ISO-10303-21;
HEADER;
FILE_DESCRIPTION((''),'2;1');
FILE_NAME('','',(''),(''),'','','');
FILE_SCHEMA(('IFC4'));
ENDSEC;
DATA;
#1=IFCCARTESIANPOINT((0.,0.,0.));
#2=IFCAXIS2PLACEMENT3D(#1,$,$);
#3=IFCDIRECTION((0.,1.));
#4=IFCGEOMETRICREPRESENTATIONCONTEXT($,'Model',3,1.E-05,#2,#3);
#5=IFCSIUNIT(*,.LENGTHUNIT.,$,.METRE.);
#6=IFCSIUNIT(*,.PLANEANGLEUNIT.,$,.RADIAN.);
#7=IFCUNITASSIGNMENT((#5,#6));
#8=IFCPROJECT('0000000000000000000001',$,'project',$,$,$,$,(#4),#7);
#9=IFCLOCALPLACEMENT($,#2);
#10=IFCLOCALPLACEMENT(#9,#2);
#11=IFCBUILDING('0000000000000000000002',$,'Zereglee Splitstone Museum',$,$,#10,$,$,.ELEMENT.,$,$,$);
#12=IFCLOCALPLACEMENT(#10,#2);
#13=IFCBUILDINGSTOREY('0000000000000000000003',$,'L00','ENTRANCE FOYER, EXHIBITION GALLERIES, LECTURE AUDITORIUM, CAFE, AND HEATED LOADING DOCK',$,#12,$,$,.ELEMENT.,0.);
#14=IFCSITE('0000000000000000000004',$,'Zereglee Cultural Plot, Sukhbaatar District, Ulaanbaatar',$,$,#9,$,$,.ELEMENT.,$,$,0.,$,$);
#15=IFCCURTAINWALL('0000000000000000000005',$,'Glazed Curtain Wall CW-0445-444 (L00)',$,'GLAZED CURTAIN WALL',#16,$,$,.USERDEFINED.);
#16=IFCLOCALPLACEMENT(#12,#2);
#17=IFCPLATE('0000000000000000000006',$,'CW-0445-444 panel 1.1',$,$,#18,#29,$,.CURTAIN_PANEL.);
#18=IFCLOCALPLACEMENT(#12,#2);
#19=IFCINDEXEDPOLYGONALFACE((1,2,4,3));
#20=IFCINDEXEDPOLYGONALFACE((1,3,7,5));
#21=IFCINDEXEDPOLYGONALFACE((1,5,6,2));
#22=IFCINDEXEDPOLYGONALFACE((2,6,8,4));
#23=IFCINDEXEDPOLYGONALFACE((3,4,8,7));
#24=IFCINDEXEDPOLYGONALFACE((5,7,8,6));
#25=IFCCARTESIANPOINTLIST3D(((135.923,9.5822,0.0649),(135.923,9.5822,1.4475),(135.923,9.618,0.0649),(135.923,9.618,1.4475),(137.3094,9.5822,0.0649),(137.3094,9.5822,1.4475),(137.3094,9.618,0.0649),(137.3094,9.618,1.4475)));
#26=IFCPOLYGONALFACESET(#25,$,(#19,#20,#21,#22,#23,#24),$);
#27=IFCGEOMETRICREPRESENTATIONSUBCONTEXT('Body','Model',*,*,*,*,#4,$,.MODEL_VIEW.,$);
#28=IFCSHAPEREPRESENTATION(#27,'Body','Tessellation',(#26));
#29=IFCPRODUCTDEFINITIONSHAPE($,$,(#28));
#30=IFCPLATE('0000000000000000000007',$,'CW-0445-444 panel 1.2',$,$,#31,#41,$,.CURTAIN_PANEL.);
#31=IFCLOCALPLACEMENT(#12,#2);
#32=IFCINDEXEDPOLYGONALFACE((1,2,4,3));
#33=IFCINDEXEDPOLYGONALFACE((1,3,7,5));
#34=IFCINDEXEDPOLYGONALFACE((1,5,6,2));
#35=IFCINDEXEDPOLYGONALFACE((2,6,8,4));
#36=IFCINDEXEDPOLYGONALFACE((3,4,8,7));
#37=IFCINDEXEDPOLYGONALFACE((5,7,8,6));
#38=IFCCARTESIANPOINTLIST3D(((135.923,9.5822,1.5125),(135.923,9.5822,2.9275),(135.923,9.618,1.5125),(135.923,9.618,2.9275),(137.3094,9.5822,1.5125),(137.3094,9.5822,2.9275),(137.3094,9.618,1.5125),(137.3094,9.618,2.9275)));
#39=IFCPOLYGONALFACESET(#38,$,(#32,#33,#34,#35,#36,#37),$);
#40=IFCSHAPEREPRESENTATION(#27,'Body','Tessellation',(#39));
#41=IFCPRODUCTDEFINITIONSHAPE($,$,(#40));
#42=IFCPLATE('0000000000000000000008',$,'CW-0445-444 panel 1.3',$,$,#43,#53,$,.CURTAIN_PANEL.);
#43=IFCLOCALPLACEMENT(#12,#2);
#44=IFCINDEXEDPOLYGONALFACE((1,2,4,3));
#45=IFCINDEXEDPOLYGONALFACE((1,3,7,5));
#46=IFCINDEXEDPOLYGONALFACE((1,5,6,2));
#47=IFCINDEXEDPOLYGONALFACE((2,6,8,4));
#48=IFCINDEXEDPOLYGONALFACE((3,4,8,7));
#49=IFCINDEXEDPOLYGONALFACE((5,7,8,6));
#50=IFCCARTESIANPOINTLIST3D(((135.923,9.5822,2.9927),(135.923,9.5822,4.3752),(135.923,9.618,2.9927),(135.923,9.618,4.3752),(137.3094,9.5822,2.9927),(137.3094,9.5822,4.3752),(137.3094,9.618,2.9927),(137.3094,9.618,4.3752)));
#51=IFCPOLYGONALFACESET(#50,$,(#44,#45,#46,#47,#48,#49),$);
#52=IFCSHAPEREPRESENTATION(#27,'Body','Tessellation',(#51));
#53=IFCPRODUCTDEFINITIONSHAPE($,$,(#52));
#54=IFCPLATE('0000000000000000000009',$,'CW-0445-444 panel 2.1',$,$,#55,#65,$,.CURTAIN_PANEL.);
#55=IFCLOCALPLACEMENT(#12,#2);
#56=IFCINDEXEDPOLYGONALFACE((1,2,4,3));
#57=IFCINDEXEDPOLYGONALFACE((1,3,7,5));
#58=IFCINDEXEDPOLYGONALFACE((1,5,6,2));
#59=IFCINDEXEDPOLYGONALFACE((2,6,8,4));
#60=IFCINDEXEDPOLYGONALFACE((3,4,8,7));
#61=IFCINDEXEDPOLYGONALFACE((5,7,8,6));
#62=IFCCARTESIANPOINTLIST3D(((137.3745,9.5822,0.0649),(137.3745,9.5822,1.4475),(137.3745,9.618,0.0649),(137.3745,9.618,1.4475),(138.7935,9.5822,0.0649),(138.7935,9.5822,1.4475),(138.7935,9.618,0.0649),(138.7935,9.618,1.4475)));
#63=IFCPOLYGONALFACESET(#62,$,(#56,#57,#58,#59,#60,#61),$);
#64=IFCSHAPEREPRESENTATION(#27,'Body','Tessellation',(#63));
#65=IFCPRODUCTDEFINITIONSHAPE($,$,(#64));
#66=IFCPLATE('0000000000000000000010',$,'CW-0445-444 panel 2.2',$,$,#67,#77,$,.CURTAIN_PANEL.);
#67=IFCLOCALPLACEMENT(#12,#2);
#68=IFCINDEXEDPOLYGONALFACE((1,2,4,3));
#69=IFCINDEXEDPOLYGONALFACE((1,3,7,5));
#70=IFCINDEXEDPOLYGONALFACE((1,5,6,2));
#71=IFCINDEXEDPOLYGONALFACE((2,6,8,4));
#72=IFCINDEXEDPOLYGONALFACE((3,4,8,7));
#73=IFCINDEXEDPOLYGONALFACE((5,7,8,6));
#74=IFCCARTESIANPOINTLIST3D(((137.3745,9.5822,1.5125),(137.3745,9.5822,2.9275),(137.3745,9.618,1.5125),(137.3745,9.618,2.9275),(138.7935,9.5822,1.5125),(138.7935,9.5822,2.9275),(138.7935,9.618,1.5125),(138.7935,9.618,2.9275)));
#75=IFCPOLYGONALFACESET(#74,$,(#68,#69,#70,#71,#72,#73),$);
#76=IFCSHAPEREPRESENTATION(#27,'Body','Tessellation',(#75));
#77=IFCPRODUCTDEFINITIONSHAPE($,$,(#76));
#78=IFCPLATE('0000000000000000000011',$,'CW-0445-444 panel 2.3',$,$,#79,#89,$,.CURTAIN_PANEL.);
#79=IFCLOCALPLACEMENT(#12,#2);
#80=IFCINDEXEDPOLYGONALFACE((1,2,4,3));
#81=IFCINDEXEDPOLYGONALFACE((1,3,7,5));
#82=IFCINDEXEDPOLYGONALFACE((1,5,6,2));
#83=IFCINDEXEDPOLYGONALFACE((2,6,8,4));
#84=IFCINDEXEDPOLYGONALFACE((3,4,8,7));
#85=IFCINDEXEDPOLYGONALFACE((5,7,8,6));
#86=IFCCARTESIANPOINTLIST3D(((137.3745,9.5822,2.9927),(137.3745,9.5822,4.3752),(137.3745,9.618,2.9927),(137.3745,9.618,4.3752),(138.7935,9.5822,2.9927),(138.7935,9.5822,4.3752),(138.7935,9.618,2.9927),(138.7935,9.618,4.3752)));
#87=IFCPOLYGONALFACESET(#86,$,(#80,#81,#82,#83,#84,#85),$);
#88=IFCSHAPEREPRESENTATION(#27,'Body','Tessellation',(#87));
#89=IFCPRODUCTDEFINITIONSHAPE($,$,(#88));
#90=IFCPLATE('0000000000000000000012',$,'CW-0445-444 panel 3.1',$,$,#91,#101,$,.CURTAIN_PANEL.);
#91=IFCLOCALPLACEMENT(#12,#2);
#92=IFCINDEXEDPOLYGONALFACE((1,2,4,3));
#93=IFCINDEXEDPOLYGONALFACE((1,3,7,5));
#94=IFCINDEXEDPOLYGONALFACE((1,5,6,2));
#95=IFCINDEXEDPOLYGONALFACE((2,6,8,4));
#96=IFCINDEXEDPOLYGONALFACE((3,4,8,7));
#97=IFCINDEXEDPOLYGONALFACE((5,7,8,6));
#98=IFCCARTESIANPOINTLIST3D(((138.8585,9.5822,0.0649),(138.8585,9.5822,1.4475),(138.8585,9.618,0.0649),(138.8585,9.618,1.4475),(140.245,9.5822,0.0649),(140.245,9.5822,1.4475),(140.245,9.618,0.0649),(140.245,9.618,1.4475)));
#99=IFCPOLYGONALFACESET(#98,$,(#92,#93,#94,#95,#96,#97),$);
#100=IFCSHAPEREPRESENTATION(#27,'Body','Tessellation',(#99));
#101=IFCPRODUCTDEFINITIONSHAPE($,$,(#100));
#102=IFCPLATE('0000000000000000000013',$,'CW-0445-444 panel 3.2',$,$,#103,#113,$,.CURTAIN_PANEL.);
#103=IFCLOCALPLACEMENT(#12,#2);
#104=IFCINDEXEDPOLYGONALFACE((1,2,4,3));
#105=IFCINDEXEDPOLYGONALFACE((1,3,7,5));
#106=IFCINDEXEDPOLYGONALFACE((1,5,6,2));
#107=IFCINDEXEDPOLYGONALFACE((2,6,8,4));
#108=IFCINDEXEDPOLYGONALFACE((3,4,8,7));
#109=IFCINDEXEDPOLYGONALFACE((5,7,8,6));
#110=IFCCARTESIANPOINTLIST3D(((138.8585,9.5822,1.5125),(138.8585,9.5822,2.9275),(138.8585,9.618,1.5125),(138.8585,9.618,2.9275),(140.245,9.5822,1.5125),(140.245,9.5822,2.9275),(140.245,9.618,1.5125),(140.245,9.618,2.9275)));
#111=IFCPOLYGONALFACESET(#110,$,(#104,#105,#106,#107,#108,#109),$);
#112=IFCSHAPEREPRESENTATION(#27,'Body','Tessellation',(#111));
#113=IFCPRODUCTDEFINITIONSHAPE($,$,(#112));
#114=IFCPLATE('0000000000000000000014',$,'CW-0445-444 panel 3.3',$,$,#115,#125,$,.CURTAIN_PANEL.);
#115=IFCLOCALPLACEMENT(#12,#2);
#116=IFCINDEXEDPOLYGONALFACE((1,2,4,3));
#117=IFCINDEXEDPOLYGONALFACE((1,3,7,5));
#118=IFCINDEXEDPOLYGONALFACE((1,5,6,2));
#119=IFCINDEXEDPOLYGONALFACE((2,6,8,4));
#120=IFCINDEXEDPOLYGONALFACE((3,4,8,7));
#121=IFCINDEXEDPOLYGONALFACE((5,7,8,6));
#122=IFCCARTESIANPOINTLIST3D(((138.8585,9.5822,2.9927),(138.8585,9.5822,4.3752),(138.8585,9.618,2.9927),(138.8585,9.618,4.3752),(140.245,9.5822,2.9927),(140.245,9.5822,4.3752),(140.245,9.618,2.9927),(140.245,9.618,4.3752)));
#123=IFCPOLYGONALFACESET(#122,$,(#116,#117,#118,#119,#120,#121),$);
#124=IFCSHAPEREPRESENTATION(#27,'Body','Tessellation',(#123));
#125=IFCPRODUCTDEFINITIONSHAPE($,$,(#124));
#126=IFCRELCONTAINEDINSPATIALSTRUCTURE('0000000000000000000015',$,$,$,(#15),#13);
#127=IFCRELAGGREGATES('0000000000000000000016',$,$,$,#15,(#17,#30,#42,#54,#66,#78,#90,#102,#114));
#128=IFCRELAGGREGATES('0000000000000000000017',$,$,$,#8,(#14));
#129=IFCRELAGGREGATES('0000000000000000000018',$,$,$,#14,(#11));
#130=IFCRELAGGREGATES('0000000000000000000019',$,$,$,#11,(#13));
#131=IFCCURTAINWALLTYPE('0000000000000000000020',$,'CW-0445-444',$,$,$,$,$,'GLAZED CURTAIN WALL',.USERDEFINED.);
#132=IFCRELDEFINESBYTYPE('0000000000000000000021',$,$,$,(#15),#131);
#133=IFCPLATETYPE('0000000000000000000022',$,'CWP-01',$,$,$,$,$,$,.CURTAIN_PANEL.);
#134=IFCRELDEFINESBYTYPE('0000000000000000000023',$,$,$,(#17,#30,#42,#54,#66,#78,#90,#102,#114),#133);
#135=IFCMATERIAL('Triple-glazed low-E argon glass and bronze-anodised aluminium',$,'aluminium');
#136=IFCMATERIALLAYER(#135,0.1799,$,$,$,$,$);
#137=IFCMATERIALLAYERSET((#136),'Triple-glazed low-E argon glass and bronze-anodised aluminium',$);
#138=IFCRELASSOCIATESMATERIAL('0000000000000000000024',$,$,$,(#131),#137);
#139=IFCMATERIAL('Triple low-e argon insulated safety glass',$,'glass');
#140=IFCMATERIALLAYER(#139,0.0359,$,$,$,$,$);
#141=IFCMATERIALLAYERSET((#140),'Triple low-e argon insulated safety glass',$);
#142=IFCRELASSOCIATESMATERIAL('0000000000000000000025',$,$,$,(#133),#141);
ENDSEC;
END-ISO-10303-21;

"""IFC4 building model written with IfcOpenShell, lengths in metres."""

from ifc_helpers import new_model, si_unit, direction, frame, origin, origin_2d, place, context, subcontext, project, spatial, rectangle, extrude, material, layer, layer_set, type_object, element, aggregate, save


model = new_model("IFC4")

# Units and contexts
model_context = context("Model", 3, precision=1e-05, world=origin(), true_north=direction((0.0, 1.0)))
body_context = subcontext(model_context, "Body", "Model", "MODEL_VIEW")
ifc_project = project(units=[si_unit("LENGTHUNIT", "METRE"), si_unit("PLANEANGLEUNIT", "RADIAN")], contexts=[model_context])

# Site, building, storey
site_placement = place(None, origin())
site = spatial("IfcSite", under=ifc_project, at=site_placement, Name="Zereglee Cultural Plot, Sukhbaatar District, Ulaanbaatar", CompositionType="ELEMENT", RefElevation=0.0)
building_placement = place(site_placement, origin())
building = spatial("IfcBuilding", under=site, at=building_placement, Name="Zereglee Splitstone Museum", CompositionType="ELEMENT")
storey_placement = place(building_placement, origin())
storey = spatial("IfcBuildingStorey", under=building, at=storey_placement, Name="L00", Description="ENTRANCE FOYER, EXHIBITION GALLERIES, LECTURE AUDITORIUM, CAFE, AND HEATED LOADING DOCK", CompositionType="ELEMENT", Elevation=0.0)

# Curtain wall
ifc_material_1 = material(Name="Triple-glazed low-E argon glass and bronze-anodised aluminium", Category="aluminium")
ifc_layer_1 = layer(ifc_material_1, 0.1799)
ifc_layer_set_1 = layer_set([ifc_layer_1], Name="Triple-glazed low-E argon glass and bronze-anodised aluminium")
curtain_wall_type = type_object("IfcCurtainWallType", Name="CW-0445-444", ElementType="GLAZED CURTAIN WALL", PredefinedType="USERDEFINED", material=ifc_layer_set_1)
curtain_wall_placement = place(storey_placement, origin())
curtain_wall = element("IfcCurtainWall", 1, at=curtain_wall_placement, inside=storey, type_object=curtain_wall_type, Name="Glazed Curtain Wall CW-0445-444 (L00)", ObjectType="GLAZED CURTAIN WALL", PredefinedType="USERDEFINED")

# Plates
ifc_material_2 = material(Name="Triple low-e argon insulated safety glass", Category="glass")
ifc_layer_2 = layer(ifc_material_2, 0.0359)
ifc_layer_set_2 = layer_set([ifc_layer_2], Name="Triple low-e argon insulated safety glass")
plate_type = type_object("IfcPlateType", Name="CWP-01", PredefinedType="CURTAIN_PANEL", material=ifc_layer_set_2)
plate_1_placement = place(storey_placement, frame((136.6162, 9.6001, 0.0649), z_axis=(0.0, 0.0, 1.0), x_axis=(1.0, 0.0, 0.0)))
plate_1 = element("IfcPlate", 2, at=plate_1_placement, type_object=plate_type, Name="CW-0445-444 panel 1.1", PredefinedType="CURTAIN_PANEL", context=body_context, shape_type="SweptSolid", body=[
    extrude(rectangle(XDim=1.3865, YDim=0.0359, at=origin_2d()), origin(), (0.0, 0.0, 1.0), 1.3826),
])
plate_2_placement = place(storey_placement, frame((136.6162, 9.6001, 1.5125), z_axis=(0.0, 0.0, 1.0), x_axis=(1.0, 0.0, 0.0)))
plate_2 = element("IfcPlate", 3, at=plate_2_placement, type_object=plate_type, Name="CW-0445-444 panel 1.2", PredefinedType="CURTAIN_PANEL", context=body_context, shape_type="SweptSolid", body=[
    extrude(rectangle(XDim=1.3865, YDim=0.0359, at=origin_2d()), origin(), (0.0, 0.0, 1.0), 1.415),
])
plate_3_placement = place(storey_placement, frame((136.6162, 9.6001, 2.9927), z_axis=(0.0, 0.0, 1.0), x_axis=(1.0, 0.0, 0.0)))
plate_3 = element("IfcPlate", 4, at=plate_3_placement, type_object=plate_type, Name="CW-0445-444 panel 1.3", PredefinedType="CURTAIN_PANEL", context=body_context, shape_type="SweptSolid", body=[
    extrude(rectangle(XDim=1.3865, YDim=0.0359, at=origin_2d()), origin(), (0.0, 0.0, 1.0), 1.3826),
])
plate_4_placement = place(storey_placement, frame((138.084, 9.6001, 0.0649), z_axis=(0.0, 0.0, 1.0), x_axis=(1.0, 0.0, 0.0)))
plate_4 = element("IfcPlate", 5, at=plate_4_placement, type_object=plate_type, Name="CW-0445-444 panel 2.1", PredefinedType="CURTAIN_PANEL", context=body_context, shape_type="SweptSolid", body=[
    extrude(rectangle(XDim=1.4189, YDim=0.0359, at=origin_2d()), origin(), (0.0, 0.0, 1.0), 1.3826),
])
plate_5_placement = place(storey_placement, frame((138.084, 9.6001, 1.5125), z_axis=(0.0, 0.0, 1.0), x_axis=(1.0, 0.0, 0.0)))
plate_5 = element("IfcPlate", 6, at=plate_5_placement, type_object=plate_type, Name="CW-0445-444 panel 2.2", PredefinedType="CURTAIN_PANEL", context=body_context, shape_type="SweptSolid", body=[
    extrude(rectangle(XDim=1.4189, YDim=0.0359, at=origin_2d()), origin(), (0.0, 0.0, 1.0), 1.415),
])
plate_6_placement = place(storey_placement, frame((138.084, 9.6001, 2.9927), z_axis=(0.0, 0.0, 1.0), x_axis=(1.0, 0.0, 0.0)))
plate_6 = element("IfcPlate", 7, at=plate_6_placement, type_object=plate_type, Name="CW-0445-444 panel 2.3", PredefinedType="CURTAIN_PANEL", context=body_context, shape_type="SweptSolid", body=[
    extrude(rectangle(XDim=1.4189, YDim=0.0359, at=origin_2d()), origin(), (0.0, 0.0, 1.0), 1.3826),
])
plate_7_placement = place(storey_placement, frame((139.5518, 9.6001, 0.0649), z_axis=(0.0, 0.0, 1.0), x_axis=(1.0, 0.0, 0.0)))
plate_7 = element("IfcPlate", 8, at=plate_7_placement, type_object=plate_type, Name="CW-0445-444 panel 3.1", PredefinedType="CURTAIN_PANEL", context=body_context, shape_type="SweptSolid", body=[
    extrude(rectangle(XDim=1.3865, YDim=0.0359, at=origin_2d()), origin(), (0.0, 0.0, 1.0), 1.3826),
])
plate_8_placement = place(storey_placement, frame((139.5518, 9.6001, 1.5125), z_axis=(0.0, 0.0, 1.0), x_axis=(1.0, 0.0, 0.0)))
plate_8 = element("IfcPlate", 9, at=plate_8_placement, type_object=plate_type, Name="CW-0445-444 panel 3.2", PredefinedType="CURTAIN_PANEL", context=body_context, shape_type="SweptSolid", body=[
    extrude(rectangle(XDim=1.3865, YDim=0.0359, at=origin_2d()), origin(), (0.0, 0.0, 1.0), 1.415),
])
plate_9_placement = place(storey_placement, frame((139.5518, 9.6001, 2.9927), z_axis=(0.0, 0.0, 1.0), x_axis=(1.0, 0.0, 0.0)))
plate_9 = element("IfcPlate", 10, at=plate_9_placement, type_object=plate_type, Name="CW-0445-444 panel 3.3", PredefinedType="CURTAIN_PANEL", context=body_context, shape_type="SweptSolid", body=[
    extrude(rectangle(XDim=1.3865, YDim=0.0359, at=origin_2d()), origin(), (0.0, 0.0, 1.0), 1.3826),
])
aggregate(curtain_wall, [plate_1, plate_2, plate_3, plate_4, plate_5, plate_6, plate_7, plate_8, plate_9])

save(model, "model.ifc")
